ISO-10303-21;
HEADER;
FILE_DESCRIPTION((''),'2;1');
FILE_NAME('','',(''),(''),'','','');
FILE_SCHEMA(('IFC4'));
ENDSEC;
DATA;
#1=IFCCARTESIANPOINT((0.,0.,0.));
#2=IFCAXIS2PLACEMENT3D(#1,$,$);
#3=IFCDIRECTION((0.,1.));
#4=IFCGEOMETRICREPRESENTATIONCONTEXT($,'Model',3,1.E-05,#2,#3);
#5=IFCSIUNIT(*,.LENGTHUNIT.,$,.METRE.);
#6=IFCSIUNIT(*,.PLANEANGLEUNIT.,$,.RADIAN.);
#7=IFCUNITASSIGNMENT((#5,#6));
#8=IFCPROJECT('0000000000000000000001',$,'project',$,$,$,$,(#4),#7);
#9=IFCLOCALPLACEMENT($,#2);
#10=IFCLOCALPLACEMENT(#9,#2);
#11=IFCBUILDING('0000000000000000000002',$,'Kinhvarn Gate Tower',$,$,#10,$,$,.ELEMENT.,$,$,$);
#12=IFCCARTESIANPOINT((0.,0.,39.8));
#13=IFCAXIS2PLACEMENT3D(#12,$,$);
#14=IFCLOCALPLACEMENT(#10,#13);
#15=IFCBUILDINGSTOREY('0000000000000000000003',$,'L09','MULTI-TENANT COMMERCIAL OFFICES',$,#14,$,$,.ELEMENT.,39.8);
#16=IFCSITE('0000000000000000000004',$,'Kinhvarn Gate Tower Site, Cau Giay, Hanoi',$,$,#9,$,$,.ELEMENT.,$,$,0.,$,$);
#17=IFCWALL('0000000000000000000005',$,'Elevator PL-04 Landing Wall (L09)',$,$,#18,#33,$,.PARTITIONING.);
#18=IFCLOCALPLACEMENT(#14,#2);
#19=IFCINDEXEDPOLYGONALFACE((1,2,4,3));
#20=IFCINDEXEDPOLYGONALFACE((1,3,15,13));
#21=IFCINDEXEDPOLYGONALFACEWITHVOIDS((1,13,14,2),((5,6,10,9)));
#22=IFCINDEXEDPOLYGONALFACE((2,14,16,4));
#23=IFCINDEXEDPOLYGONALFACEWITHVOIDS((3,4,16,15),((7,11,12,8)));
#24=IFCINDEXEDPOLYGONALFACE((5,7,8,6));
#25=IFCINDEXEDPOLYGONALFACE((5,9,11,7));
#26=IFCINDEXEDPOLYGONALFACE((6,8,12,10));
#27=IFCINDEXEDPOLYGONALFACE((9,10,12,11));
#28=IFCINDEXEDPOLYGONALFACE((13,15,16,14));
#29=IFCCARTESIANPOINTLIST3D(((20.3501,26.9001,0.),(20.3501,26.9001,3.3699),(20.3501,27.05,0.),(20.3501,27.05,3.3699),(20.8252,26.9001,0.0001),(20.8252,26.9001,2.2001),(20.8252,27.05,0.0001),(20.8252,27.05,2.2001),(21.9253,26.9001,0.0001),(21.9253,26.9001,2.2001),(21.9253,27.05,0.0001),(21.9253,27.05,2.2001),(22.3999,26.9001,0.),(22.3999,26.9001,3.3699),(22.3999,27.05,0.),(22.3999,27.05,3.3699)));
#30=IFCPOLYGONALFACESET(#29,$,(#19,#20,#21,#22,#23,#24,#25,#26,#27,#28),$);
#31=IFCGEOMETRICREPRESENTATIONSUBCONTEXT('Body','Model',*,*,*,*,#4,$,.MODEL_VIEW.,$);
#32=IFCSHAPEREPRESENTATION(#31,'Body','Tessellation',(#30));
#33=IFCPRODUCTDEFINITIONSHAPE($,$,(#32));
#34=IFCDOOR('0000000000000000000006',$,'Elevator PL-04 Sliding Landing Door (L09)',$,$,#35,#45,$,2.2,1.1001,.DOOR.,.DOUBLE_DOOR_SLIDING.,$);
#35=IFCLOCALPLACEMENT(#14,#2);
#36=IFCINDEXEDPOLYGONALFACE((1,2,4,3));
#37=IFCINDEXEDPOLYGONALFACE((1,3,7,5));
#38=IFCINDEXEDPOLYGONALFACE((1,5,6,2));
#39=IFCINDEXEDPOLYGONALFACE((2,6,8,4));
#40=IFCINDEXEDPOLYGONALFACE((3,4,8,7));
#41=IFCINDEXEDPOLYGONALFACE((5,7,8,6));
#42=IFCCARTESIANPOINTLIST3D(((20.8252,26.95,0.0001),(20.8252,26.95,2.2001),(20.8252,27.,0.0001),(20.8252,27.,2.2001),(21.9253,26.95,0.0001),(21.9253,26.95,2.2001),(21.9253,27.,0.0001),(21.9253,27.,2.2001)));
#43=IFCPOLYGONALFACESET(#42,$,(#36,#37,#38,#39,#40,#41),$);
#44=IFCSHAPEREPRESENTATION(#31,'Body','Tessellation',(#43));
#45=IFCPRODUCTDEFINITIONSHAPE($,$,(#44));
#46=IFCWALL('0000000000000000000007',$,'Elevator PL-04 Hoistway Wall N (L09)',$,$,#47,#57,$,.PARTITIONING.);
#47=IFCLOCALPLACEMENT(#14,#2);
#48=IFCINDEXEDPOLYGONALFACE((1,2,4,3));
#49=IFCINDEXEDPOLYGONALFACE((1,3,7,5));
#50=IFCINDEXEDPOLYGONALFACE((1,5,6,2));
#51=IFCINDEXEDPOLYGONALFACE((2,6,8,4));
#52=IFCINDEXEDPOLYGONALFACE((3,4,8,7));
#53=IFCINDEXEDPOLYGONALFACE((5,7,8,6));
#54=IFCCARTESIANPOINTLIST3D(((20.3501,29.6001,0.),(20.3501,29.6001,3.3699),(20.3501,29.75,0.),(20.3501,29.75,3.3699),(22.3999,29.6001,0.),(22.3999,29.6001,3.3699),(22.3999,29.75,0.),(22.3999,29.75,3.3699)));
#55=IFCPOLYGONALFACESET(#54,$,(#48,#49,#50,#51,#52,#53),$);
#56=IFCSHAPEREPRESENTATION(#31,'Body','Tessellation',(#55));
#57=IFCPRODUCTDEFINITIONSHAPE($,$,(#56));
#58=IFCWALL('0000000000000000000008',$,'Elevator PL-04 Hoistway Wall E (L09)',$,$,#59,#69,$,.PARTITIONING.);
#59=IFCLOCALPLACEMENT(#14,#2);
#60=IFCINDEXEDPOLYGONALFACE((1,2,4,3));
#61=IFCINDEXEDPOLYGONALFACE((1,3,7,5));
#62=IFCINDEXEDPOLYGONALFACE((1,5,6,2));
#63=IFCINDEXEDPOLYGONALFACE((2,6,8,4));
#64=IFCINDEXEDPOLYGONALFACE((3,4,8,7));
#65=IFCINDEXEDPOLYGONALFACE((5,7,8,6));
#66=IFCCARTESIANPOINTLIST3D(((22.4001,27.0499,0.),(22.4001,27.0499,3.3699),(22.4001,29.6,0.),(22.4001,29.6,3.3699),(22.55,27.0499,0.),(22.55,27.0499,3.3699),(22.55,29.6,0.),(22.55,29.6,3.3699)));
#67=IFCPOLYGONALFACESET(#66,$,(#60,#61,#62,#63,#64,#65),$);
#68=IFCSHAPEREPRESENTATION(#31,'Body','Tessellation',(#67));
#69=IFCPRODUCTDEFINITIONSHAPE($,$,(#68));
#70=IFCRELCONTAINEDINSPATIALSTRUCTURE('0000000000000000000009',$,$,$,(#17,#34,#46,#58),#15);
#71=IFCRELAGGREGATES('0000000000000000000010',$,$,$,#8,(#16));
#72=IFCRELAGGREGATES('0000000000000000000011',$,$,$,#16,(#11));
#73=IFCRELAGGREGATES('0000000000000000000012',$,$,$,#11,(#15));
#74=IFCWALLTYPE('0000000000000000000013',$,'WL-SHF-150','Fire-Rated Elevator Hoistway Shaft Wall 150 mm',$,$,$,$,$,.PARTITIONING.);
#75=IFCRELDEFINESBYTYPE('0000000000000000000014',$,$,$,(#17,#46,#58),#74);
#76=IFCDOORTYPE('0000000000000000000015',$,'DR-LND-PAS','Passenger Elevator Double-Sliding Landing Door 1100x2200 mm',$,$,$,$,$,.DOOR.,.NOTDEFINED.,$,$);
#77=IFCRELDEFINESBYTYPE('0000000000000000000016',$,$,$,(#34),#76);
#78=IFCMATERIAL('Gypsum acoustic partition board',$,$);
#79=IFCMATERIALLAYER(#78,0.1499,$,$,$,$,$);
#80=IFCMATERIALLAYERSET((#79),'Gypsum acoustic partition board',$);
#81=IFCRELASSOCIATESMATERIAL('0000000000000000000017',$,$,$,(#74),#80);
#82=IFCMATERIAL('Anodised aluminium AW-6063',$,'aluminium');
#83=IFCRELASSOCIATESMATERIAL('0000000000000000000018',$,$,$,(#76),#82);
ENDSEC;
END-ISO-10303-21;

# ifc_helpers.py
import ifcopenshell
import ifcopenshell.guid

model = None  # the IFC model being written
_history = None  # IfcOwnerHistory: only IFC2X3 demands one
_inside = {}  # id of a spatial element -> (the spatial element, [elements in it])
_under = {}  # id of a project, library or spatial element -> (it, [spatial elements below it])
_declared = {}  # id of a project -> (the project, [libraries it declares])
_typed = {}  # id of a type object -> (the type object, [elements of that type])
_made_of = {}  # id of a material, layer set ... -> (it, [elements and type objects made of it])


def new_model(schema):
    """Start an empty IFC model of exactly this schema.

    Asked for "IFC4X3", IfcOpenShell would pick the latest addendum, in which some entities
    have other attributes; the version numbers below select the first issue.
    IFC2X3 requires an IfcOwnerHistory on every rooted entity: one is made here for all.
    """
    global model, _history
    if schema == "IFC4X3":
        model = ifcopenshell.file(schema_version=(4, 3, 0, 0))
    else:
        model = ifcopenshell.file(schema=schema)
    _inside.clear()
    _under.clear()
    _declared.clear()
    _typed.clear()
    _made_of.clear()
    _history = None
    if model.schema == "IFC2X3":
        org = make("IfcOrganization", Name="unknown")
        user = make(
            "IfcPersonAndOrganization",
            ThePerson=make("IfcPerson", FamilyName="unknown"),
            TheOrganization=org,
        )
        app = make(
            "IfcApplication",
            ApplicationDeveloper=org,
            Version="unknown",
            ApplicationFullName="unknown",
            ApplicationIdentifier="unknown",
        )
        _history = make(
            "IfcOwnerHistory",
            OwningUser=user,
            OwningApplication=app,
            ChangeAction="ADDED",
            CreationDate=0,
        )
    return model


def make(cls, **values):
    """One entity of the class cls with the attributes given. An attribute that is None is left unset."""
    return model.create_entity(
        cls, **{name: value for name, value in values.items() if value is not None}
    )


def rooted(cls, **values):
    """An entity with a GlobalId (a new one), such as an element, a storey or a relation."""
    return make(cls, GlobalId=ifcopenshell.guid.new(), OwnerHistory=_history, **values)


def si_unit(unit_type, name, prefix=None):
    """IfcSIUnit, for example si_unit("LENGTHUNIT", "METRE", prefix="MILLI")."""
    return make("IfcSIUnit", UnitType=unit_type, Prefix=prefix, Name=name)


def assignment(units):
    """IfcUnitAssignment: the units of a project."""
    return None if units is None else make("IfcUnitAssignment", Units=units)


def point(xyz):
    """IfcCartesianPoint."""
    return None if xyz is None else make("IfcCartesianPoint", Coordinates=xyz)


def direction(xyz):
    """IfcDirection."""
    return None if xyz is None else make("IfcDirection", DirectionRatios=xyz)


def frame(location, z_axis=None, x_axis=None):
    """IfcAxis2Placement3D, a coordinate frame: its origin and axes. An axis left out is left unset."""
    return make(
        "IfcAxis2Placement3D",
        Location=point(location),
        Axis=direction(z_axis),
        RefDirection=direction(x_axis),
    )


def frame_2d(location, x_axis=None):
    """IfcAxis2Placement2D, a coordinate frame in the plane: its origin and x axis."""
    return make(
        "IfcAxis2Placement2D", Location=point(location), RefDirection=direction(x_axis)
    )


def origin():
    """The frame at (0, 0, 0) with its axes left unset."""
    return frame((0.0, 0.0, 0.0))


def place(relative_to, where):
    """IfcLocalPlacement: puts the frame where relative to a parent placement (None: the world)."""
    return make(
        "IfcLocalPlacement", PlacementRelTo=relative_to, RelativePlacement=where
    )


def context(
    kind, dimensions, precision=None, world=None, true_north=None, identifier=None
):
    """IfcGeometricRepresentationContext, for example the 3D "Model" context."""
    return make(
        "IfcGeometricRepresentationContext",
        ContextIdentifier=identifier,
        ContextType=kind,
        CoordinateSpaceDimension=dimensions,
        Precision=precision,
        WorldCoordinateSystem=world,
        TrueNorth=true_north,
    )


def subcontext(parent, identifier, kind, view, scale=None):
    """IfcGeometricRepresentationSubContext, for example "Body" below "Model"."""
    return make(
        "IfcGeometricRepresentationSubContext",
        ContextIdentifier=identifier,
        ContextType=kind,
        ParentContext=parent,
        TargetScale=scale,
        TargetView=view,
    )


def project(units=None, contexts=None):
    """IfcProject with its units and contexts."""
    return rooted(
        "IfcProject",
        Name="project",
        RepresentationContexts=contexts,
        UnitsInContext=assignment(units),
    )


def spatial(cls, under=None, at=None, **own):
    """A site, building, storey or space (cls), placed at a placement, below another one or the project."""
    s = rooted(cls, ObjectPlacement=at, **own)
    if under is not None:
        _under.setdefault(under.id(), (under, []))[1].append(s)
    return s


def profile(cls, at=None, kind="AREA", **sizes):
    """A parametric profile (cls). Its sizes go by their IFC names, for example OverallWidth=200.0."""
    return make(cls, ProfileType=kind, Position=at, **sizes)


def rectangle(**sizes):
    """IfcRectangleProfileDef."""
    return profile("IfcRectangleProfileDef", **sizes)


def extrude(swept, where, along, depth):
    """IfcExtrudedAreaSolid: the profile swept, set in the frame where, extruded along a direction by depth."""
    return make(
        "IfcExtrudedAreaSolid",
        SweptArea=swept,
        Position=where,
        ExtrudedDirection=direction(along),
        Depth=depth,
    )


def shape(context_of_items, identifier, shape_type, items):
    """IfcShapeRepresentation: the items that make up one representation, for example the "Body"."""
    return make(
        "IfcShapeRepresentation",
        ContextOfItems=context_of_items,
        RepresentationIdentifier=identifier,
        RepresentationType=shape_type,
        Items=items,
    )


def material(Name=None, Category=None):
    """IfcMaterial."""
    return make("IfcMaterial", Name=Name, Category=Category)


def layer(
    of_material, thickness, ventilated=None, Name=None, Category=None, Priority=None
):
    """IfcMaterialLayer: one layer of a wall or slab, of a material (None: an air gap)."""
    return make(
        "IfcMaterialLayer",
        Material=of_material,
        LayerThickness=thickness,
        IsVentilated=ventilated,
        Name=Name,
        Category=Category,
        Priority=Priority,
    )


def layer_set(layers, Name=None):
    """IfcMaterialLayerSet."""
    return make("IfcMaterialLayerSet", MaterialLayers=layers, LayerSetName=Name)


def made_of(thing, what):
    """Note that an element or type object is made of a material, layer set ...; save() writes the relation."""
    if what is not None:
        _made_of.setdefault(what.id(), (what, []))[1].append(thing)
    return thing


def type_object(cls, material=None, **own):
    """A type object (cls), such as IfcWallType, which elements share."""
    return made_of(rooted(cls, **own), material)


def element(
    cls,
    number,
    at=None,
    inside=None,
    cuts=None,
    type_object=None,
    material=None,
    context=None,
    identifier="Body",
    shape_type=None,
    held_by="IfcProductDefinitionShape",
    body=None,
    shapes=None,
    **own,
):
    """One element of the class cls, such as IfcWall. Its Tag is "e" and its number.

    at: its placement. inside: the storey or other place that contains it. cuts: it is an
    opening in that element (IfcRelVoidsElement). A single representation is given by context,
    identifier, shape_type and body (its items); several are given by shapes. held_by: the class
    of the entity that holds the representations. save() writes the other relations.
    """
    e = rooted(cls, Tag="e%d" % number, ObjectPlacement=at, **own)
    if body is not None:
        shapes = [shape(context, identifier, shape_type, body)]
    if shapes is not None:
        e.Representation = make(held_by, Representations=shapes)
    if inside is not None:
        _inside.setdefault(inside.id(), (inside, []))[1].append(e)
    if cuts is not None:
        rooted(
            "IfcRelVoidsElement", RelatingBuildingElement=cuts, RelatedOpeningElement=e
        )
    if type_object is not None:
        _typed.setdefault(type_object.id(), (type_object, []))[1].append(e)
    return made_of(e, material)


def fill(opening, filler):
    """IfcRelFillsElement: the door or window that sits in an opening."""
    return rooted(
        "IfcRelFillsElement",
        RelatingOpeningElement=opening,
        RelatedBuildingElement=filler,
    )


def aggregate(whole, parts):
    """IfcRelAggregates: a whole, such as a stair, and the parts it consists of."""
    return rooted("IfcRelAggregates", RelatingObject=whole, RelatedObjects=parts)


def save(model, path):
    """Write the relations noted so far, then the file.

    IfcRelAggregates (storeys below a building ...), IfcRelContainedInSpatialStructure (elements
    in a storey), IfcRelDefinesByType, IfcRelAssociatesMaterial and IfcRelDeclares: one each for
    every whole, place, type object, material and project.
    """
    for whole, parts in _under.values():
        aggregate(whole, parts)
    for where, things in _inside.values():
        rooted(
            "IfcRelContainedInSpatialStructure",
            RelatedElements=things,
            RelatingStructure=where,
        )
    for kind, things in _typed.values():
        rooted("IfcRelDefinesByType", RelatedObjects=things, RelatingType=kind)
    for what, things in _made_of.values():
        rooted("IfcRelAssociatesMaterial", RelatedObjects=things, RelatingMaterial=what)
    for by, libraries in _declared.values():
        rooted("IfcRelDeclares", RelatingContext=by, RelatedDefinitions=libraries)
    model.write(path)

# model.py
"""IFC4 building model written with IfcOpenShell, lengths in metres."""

from ifc_helpers import new_model, si_unit, direction, frame, frame_2d, origin, place, context, subcontext, project, spatial, rectangle, extrude, material, layer, layer_set, type_object, element, fill, save


model = new_model("IFC4")

# Units and contexts
model_context = context("Model", 3, precision=1e-05, world=origin(), true_north=direction((0.0, 1.0)))
body_context = subcontext(model_context, "Body", "Model", "MODEL_VIEW")
ifc_project = project(units=[si_unit("LENGTHUNIT", "METRE"), si_unit("PLANEANGLEUNIT", "RADIAN")], contexts=[model_context])

# Site, building, storey
site_placement = place(None, origin())
site = spatial("IfcSite", under=ifc_project, at=site_placement, Name="Kinhvarn Gate Tower Site, Cau Giay, Hanoi", CompositionType="ELEMENT", RefElevation=0.0)
building_placement = place(site_placement, origin())
building = spatial("IfcBuilding", under=site, at=building_placement, Name="Kinhvarn Gate Tower", CompositionType="ELEMENT")
storey_placement = place(building_placement, frame((0.0, 0.0, 39.8)))
storey = spatial("IfcBuildingStorey", under=building, at=storey_placement, Name="L09", Description="MULTI-TENANT COMMERCIAL OFFICES", CompositionType="ELEMENT", Elevation=39.8)

# Shared definitions
ifc_material_1 = material(Name="Gypsum acoustic partition board")

# Shared definitions
ifc_material_2 = material(Name="Anodised aluminium AW-6063", Category="aluminium")

# Shared definitions
ifc_layer_1 = layer(ifc_material_1, 0.1499)
ifc_layer_set_1 = layer_set([ifc_layer_1], Name="Gypsum acoustic partition board")
wall_type_1 = type_object("IfcWallType", Name="WL-SHF-150", Description="Fire-Rated Elevator Hoistway Shaft Wall 150 mm", PredefinedType="PARTITIONING", material=ifc_layer_set_1)
door_type_1 = type_object("IfcDoorType", Name="DR-LND-PAS", Description="Passenger Elevator Double-Sliding Landing Door 1100x2200 mm", OperationType="NOTDEFINED", PredefinedType="DOOR", material=ifc_material_2)

# Wall, opening, door
wall_1_placement = place(storey_placement, frame((20.3501, 26.9751, 0.0), z_axis=(0.0, 0.0, 1.0), x_axis=(1.0, 0.0, 0.0)))
wall_1 = element("IfcWall", 1, at=wall_1_placement, inside=storey, type_object=wall_type_1, Name="Elevator PL-04 Landing Wall (L09)", PredefinedType="PARTITIONING", context=body_context, shape_type="SweptSolid", body=[
    extrude(rectangle(XDim=2.0498, YDim=0.1499, at=frame_2d((1.0249, 0.0))), origin(), (0.0, 0.0, 1.0), 3.3699),
])
opening_1_placement = place(wall_1_placement, frame((0.4751, 0.0, 0.0)))
opening_1 = element("IfcOpeningElement", 2, at=opening_1_placement, cuts=wall_1, PredefinedType="OPENING", context=body_context, shape_type="SweptSolid", body=[
    extrude(rectangle(XDim=1.1001, YDim=2.2, at=frame_2d((0.55, 1.1001))), frame((0.0, 0.085, 0.0), z_axis=(0.0, -1.0, 0.0), x_axis=(1.0, 0.0, 0.0)), (0.0, 0.0, 1.0), 0.1699),
])
door_1_placement = place(opening_1_placement, origin())
door_1 = element("IfcDoor", 3, at=door_1_placement, inside=storey, type_object=door_type_1, Name="Elevator PL-04 Sliding Landing Door (L09)", OperationType="DOUBLE_DOOR_SLIDING", OverallHeight=2.2, OverallWidth=1.1001, PredefinedType="DOOR", context=body_context, shape_type="SweptSolid", body=[
    extrude(rectangle(XDim=1.1001, YDim=2.2, at=frame_2d((0.55, 1.1001))), frame((0.0, 0.0249, 0.0), z_axis=(0.0, -1.0, 0.0), x_axis=(1.0, 0.0, 0.0)), (0.0, 0.0, 1.0), 0.05),
])
fill(opening_1, door_1)

# Walls
wall_2_placement = place(storey_placement, frame((20.3501, 29.675, 0.0), z_axis=(0.0, 0.0, 1.0), x_axis=(1.0, 0.0, 0.0)))
element("IfcWall", 4, at=wall_2_placement, inside=storey, type_object=wall_type_1, Name="Elevator PL-04 Hoistway Wall N (L09)", PredefinedType="PARTITIONING", context=body_context, shape_type="SweptSolid", body=[
    extrude(rectangle(XDim=2.0498, YDim=0.1499, at=frame_2d((1.0249, 0.0))), origin(), (0.0, 0.0, 1.0), 3.3699),
])
wall_3_placement = place(storey_placement, frame((22.4751, 27.05, 0.0), z_axis=(0.0, 0.0, 1.0), x_axis=(0.0, 1.0, 0.0)))
element("IfcWall", 5, at=wall_3_placement, inside=storey, type_object=wall_type_1, Name="Elevator PL-04 Hoistway Wall E (L09)", PredefinedType="PARTITIONING", context=body_context, shape_type="SweptSolid", body=[
    extrude(rectangle(XDim=2.55, YDim=0.1499, at=frame_2d((1.2749, 0.0))), origin(), (0.0, 0.0, 1.0), 3.3699),
])

save(model, "model.ifc")
